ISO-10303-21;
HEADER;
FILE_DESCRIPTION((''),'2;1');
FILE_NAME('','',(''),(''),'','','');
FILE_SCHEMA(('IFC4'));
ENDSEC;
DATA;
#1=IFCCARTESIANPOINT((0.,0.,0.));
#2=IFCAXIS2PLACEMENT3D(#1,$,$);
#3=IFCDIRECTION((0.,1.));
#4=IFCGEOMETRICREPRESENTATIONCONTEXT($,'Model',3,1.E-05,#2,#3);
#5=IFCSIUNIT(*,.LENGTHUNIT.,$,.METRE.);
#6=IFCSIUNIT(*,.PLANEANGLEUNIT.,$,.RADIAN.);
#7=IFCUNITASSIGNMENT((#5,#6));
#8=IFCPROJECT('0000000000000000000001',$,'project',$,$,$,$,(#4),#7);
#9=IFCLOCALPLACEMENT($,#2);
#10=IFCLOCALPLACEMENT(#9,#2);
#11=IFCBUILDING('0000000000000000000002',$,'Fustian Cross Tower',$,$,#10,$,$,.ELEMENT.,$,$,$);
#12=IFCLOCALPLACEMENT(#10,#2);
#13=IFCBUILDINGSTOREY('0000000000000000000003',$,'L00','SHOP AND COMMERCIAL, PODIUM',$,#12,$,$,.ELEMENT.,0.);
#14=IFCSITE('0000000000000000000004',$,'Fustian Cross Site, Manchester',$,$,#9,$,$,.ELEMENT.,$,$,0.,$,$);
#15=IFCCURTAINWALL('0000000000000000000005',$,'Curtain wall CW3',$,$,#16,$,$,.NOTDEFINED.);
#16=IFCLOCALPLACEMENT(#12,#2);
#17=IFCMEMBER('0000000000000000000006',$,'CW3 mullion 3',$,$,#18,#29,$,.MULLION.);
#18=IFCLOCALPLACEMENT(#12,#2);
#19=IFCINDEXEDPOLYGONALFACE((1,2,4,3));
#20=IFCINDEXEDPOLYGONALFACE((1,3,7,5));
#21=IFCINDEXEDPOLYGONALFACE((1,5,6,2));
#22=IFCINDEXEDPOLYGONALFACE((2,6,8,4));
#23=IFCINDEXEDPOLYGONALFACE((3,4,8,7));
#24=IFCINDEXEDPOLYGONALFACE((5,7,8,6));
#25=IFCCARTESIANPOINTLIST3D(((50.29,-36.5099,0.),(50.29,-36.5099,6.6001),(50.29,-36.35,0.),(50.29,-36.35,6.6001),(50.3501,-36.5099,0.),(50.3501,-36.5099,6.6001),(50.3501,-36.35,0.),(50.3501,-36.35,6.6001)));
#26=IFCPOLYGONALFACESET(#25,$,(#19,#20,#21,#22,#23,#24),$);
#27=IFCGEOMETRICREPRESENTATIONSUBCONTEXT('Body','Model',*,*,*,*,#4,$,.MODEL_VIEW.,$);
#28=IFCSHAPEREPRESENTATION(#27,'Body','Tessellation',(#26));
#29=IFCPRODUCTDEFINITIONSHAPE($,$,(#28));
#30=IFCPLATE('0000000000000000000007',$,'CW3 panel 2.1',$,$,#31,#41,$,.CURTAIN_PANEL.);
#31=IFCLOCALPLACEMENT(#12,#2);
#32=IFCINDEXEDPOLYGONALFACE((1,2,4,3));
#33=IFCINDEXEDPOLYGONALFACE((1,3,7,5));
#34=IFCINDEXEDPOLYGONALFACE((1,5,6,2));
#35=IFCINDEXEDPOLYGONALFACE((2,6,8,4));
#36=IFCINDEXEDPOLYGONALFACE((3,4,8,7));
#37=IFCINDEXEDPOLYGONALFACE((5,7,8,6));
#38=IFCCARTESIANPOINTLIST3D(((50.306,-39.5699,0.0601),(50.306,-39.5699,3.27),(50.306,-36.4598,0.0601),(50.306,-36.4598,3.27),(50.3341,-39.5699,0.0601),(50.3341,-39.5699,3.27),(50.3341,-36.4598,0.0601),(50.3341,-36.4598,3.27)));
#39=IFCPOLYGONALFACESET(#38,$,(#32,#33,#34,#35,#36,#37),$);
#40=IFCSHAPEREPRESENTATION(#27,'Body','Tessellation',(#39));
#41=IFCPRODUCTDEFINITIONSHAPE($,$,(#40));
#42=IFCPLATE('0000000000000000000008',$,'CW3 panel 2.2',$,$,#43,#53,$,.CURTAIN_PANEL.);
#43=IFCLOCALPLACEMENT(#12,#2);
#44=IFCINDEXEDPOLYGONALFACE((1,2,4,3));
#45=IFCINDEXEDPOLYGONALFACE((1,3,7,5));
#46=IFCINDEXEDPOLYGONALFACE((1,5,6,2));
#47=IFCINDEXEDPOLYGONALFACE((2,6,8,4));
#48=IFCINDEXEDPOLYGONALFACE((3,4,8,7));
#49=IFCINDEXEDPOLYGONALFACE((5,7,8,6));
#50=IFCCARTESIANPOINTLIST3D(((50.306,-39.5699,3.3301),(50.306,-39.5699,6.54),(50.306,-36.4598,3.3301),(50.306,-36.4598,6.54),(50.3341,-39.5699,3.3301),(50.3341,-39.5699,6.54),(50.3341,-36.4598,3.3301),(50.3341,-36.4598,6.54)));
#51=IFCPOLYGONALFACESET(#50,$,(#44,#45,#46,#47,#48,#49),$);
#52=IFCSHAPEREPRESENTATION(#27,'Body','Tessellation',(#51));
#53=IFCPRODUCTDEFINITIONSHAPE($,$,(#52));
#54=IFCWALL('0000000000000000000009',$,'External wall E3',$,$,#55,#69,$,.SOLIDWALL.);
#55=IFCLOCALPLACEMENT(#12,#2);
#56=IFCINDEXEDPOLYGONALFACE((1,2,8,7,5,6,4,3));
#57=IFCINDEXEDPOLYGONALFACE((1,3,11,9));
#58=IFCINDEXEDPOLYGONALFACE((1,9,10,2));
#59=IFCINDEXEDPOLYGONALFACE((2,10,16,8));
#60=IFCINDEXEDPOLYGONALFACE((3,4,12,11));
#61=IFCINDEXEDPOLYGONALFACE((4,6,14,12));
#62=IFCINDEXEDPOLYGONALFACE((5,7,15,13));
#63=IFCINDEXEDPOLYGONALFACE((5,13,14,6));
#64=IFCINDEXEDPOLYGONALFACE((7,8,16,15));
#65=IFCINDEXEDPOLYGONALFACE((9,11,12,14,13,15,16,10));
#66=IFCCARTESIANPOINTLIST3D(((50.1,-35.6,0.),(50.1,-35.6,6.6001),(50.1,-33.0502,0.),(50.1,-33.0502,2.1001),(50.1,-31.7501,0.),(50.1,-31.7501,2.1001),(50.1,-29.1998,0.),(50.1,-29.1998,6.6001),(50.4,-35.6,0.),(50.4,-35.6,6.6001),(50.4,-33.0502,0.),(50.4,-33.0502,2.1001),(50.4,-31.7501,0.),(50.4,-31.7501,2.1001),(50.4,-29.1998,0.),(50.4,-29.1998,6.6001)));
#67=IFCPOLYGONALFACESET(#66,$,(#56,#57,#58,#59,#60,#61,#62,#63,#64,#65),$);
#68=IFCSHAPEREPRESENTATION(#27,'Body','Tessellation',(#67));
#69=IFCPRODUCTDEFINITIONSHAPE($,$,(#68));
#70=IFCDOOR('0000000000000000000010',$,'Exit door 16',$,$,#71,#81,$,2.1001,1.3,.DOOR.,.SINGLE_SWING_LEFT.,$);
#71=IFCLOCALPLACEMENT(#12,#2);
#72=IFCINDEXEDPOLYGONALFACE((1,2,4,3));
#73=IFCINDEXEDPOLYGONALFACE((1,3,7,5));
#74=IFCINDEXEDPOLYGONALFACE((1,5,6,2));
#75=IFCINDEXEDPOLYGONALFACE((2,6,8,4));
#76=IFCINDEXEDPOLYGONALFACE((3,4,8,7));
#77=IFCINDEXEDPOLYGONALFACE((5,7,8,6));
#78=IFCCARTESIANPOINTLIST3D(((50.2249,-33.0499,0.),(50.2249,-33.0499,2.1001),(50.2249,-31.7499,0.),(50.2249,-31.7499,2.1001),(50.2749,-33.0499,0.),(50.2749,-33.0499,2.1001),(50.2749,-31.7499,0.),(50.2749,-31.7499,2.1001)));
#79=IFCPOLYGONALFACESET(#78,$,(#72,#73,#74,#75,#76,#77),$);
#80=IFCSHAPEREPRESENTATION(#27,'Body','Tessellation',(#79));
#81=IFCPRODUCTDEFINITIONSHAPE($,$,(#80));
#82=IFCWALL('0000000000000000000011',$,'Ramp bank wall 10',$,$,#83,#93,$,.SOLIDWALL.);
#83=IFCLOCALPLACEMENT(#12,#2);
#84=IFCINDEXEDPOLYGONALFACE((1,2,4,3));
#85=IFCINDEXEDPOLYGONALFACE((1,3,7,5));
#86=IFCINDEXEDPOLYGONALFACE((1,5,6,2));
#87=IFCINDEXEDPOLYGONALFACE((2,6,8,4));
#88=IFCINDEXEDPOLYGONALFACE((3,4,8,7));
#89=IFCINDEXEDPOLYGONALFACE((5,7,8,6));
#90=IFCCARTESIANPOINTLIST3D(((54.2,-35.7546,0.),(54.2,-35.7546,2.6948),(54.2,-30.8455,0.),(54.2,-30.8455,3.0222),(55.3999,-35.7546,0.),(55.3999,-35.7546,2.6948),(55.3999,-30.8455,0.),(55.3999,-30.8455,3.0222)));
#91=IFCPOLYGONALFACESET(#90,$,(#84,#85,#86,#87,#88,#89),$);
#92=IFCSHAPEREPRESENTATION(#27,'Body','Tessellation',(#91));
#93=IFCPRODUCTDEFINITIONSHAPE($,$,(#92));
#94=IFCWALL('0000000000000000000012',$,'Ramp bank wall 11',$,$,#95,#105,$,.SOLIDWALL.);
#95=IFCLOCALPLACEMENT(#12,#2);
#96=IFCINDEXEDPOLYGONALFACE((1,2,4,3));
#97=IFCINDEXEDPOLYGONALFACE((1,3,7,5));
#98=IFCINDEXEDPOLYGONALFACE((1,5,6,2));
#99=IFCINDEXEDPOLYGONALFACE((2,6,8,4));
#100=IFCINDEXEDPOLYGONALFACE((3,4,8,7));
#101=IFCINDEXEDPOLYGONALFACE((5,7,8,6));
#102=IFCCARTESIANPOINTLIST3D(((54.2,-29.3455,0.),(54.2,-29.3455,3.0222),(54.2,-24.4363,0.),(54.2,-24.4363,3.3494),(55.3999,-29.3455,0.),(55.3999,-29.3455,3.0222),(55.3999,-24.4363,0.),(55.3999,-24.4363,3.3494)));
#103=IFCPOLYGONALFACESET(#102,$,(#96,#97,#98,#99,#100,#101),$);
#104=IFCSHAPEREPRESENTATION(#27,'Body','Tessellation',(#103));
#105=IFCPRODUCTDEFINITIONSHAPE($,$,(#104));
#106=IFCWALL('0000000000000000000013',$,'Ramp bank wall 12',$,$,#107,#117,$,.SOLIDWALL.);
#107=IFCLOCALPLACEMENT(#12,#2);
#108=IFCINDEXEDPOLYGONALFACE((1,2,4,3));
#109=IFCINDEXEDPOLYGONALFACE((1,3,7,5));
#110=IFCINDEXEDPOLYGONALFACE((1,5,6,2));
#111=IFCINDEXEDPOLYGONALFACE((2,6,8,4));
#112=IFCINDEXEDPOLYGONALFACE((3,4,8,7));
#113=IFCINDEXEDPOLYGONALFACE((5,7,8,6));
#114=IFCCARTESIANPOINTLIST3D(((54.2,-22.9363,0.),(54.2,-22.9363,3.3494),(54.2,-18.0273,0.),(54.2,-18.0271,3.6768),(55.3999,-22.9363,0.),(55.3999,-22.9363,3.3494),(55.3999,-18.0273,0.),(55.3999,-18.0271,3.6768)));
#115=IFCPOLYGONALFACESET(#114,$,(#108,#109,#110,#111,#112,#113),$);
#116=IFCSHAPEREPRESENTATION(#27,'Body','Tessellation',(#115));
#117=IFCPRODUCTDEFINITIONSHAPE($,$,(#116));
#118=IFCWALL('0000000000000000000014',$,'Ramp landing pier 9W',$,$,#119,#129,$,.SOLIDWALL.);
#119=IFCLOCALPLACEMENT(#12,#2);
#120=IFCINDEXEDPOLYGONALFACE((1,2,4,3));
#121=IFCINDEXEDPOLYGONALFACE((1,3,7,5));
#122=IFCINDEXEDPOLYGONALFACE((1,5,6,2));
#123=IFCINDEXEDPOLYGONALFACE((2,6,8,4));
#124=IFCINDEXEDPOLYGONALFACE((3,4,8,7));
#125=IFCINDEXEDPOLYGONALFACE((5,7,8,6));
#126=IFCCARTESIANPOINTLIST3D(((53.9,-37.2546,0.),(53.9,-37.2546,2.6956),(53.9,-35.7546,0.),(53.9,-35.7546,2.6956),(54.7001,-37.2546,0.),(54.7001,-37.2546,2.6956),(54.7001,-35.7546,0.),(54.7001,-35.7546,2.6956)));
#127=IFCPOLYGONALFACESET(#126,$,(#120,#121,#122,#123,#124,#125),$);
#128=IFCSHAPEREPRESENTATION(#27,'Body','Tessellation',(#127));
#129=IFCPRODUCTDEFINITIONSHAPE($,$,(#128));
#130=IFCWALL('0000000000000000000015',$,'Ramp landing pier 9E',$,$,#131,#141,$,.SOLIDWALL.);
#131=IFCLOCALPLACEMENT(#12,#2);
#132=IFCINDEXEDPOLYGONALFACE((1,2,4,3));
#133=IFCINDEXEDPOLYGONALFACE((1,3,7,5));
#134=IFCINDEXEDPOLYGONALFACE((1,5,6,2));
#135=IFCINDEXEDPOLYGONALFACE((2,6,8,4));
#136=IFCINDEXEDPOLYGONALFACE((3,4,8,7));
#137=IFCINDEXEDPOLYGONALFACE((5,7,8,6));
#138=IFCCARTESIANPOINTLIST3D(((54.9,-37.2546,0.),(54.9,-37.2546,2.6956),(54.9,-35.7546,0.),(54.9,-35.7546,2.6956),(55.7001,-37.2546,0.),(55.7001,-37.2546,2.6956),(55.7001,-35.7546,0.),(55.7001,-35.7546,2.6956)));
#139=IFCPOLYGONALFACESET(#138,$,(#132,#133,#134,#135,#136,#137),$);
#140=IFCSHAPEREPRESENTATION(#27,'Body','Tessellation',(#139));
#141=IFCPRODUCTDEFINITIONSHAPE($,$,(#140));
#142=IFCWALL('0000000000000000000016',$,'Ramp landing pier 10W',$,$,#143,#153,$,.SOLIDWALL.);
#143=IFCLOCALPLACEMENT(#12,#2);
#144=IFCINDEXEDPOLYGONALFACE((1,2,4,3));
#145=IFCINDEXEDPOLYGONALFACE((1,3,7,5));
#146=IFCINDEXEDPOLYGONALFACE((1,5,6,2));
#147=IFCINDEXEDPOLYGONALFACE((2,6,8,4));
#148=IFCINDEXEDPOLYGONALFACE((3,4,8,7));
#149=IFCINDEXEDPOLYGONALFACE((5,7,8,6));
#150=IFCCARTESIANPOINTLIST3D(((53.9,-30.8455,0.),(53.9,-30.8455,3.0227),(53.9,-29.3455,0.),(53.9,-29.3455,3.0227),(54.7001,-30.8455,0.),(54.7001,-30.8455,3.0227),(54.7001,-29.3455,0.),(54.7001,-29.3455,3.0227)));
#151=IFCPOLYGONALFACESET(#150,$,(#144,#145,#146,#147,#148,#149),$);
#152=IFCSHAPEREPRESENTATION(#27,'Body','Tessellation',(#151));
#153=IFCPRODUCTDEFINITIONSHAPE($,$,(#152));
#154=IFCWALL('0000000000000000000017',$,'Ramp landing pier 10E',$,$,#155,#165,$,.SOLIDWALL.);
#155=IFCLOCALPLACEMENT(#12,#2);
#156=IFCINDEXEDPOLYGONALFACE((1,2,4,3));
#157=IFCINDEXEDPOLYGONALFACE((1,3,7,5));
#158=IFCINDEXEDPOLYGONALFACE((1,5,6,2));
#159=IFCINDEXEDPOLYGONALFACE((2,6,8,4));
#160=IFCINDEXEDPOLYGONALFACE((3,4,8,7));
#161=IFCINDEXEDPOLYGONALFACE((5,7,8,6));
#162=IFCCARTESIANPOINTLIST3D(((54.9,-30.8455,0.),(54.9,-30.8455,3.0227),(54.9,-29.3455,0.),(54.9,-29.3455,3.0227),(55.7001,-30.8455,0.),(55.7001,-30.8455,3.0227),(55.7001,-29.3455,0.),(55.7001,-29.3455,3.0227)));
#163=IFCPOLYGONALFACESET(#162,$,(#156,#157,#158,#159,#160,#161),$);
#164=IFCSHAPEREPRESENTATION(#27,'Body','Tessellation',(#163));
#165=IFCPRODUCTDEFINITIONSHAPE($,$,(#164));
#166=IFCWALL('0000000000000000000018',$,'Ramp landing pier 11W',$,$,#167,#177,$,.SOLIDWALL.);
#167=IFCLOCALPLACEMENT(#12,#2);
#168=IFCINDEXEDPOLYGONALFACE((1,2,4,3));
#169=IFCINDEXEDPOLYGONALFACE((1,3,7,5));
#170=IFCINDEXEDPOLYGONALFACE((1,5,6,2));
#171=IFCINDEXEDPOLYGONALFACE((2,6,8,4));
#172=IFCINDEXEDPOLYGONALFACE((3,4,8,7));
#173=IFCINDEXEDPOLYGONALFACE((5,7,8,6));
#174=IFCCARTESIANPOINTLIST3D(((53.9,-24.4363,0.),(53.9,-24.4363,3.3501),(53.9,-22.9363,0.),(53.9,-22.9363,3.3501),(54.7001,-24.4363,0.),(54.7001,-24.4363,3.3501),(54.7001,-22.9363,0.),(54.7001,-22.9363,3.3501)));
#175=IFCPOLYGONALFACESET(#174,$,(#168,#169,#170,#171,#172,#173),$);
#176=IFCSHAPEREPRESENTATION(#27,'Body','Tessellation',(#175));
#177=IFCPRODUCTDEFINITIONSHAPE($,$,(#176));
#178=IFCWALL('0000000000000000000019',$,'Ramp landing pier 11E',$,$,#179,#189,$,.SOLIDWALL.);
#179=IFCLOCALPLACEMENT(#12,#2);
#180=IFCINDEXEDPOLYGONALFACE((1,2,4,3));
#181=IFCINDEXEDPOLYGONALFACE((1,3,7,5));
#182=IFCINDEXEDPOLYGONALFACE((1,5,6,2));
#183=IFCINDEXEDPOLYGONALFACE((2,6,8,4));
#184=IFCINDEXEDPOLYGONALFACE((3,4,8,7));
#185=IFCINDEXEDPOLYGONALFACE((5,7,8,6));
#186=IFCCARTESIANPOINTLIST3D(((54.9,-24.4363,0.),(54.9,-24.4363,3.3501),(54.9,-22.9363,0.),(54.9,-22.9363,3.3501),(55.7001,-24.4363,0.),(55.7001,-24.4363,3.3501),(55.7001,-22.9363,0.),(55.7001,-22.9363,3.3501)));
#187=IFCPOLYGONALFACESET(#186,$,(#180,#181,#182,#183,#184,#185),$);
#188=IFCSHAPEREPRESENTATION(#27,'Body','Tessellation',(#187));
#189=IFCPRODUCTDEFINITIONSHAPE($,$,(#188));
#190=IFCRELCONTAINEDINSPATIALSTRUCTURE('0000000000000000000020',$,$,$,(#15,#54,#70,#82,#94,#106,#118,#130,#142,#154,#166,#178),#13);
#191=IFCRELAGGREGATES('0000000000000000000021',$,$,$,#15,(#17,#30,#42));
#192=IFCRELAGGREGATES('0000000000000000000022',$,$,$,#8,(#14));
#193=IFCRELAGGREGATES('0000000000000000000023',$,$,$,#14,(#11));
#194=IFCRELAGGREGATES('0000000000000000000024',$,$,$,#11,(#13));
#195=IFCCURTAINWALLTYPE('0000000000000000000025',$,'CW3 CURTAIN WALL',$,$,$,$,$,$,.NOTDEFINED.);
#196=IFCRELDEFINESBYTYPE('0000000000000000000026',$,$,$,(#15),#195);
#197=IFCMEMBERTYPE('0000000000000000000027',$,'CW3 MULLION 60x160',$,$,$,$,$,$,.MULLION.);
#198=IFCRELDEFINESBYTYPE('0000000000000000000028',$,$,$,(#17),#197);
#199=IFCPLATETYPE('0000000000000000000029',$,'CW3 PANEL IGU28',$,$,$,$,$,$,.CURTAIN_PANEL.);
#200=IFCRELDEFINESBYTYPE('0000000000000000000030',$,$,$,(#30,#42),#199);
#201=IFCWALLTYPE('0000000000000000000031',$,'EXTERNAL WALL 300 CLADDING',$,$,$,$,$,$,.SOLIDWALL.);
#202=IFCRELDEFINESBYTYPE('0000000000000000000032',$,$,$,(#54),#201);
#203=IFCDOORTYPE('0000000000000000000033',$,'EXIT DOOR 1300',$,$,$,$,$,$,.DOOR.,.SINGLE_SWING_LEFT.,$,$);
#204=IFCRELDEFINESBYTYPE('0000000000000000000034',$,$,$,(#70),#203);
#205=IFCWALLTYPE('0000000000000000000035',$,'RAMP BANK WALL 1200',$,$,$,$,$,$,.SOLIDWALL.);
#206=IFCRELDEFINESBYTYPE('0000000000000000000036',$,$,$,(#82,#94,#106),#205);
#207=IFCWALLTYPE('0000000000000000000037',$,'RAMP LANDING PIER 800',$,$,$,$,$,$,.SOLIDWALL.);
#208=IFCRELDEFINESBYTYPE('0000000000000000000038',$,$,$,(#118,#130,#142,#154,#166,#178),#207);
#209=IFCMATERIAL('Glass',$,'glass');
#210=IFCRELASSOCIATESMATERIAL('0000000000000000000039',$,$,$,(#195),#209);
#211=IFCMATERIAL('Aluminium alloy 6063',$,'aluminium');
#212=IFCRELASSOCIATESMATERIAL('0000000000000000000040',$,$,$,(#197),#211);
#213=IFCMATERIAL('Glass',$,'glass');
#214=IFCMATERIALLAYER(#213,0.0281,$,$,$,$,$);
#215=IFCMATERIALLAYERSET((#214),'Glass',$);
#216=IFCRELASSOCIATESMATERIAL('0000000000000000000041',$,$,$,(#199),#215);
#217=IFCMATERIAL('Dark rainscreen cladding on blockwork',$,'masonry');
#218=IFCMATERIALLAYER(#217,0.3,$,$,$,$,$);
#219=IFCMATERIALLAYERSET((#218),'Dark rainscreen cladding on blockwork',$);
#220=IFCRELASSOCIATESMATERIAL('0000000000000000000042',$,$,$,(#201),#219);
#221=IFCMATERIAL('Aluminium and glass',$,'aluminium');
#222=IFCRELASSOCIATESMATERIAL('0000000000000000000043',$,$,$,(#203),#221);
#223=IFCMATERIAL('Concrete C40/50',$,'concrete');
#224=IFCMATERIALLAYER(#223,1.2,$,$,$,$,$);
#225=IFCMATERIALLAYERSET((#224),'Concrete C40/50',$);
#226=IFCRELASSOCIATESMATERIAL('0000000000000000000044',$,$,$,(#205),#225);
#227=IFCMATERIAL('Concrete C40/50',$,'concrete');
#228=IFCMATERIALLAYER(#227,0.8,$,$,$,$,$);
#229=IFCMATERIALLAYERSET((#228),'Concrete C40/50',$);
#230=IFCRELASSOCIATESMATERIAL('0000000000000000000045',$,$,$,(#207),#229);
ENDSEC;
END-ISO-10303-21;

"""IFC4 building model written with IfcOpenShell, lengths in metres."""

from ifc_helpers import new_model, si_unit, direction, frame, frame_2d, origin, origin_2d, place, context, subcontext, project, spatial, polyline, rectangle, outline, extrude, material, layer, layer_set, material_profile, profile_set, type_object, element, fill, aggregate, save


model = new_model("IFC4")

# Units and contexts
model_context = context("Model", 3, precision=1e-05, world=origin(), true_north=direction((0.0, 1.0)))
body_context = subcontext(model_context, "Body", "Model", "MODEL_VIEW")
ifc_project = project(units=[si_unit("LENGTHUNIT", "METRE"), si_unit("PLANEANGLEUNIT", "RADIAN")], contexts=[model_context])

# Site, building, storey
site_placement = place(None, origin())
site = spatial("IfcSite", under=ifc_project, at=site_placement, Name="Fustian Cross Site, Manchester", CompositionType="ELEMENT", RefElevation=0.0)
building_placement = place(site_placement, origin())
building = spatial("IfcBuilding", under=site, at=building_placement, Name="Fustian Cross Tower", CompositionType="ELEMENT")
storey_placement = place(building_placement, origin())
storey = spatial("IfcBuildingStorey", under=building, at=storey_placement, Name="L00", Description="SHOP AND COMMERCIAL, PODIUM", CompositionType="ELEMENT", Elevation=0.0)

# Curtain wall, member, plates
ifc_material_1 = material(Name="Glass", Category="glass")
curtain_wall_type = type_object("IfcCurtainWallType", Name="CW3 CURTAIN WALL", PredefinedType="NOTDEFINED", material=ifc_material_1)
curtain_wall_placement = place(storey_placement, origin())
curtain_wall = element("IfcCurtainWall", 1, at=curtain_wall_placement, inside=storey, type_object=curtain_wall_type, Name="Curtain wall CW3", PredefinedType="NOTDEFINED")
ifc_material_2 = material(Name="Aluminium alloy 6063", Category="aluminium")
ifc_material_profile = material_profile(ifc_material_2, rectangle(XDim=0.0601, YDim=0.1599, at=origin_2d()), Name="CW3 MULLION 60x160")
ifc_profile_set = profile_set([ifc_material_profile], Name="Aluminium alloy 6063")
member_type = type_object("IfcMemberType", Name="CW3 MULLION 60x160", PredefinedType="MULLION", material=ifc_profile_set)
member_placement = place(storey_placement, frame((50.3201, -36.4299, 0.0), z_axis=(0.0, 0.0, 1.0), x_axis=(-1.0, 0.0, 0.0)))
member = element("IfcMember", 2, at=member_placement, type_object=member_type, Name="CW3 mullion 3", PredefinedType="MULLION", context=body_context, shape_type="SweptSolid", body=[
    extrude(rectangle(XDim=0.0601, YDim=0.1599, at=origin_2d()), origin(), (0.0, 0.0, 1.0), 6.6001),
])
ifc_material_3 = material(Name="Glass", Category="glass")
ifc_layer_1 = layer(ifc_material_3, 0.0281)
ifc_layer_set_1 = layer_set([ifc_layer_1], Name="Glass")
plate_type = type_object("IfcPlateType", Name="CW3 PANEL IGU28", PredefinedType="CURTAIN_PANEL", material=ifc_layer_set_1)
plate_1_placement = place(storey_placement, frame((50.3201, -38.0149, 0.0601), z_axis=(0.0, 0.0, 1.0), x_axis=(0.0, 1.0, 0.0)))
plate_1 = element("IfcPlate", 3, at=plate_1_placement, type_object=plate_type, Name="CW3 panel 2.1", PredefinedType="CURTAIN_PANEL", context=body_context, shape_type="SweptSolid", body=[
    extrude(rectangle(XDim=3.1101, YDim=0.0281, at=origin_2d()), origin(), (0.0, 0.0, 1.0), 3.21),
])
plate_2_placement = place(storey_placement, frame((50.3201, -38.0149, 3.3301), z_axis=(0.0, 0.0, 1.0), x_axis=(0.0, 1.0, 0.0)))
plate_2 = element("IfcPlate", 4, at=plate_2_placement, type_object=plate_type, Name="CW3 panel 2.2", PredefinedType="CURTAIN_PANEL", context=body_context, shape_type="SweptSolid", body=[
    extrude(rectangle(XDim=3.1101, YDim=0.0281, at=origin_2d()), origin(), (0.0, 0.0, 1.0), 3.21),
])
aggregate(curtain_wall, [member, plate_1, plate_2])

# Wall, opening, door
ifc_material_4 = material(Name="Dark rainscreen cladding on blockwork", Category="masonry")
ifc_layer_2 = layer(ifc_material_4, 0.3)
ifc_layer_set_2 = layer_set([ifc_layer_2], Name="Dark rainscreen cladding on blockwork")
wall_type_1 = type_object("IfcWallType", Name="EXTERNAL WALL 300 CLADDING", PredefinedType="SOLIDWALL", material=ifc_layer_set_2)
wall_1_placement = place(storey_placement, frame((50.25, -35.6001, 0.0), z_axis=(0.0, 0.0, 1.0), x_axis=(0.0, 1.0, 0.0)))
wall_1 = element("IfcWall", 5, at=wall_1_placement, inside=storey, type_object=wall_type_1, Name="External wall E3", PredefinedType="SOLIDWALL", context=body_context, shape_type="SweptSolid", body=[
    extrude(rectangle(XDim=6.4001, YDim=0.3, at=frame_2d((3.2002, 0.0))), origin(), (0.0, 0.0, 1.0), 6.6001),
])
opening_1_placement = place(wall_1_placement, frame((2.55, 0.0, 0.0)))
opening_1 = element("IfcOpeningElement", 6, at=opening_1_placement, cuts=wall_1, PredefinedType="OPENING", context=body_context, shape_type="SweptSolid", body=[
    extrude(rectangle(XDim=1.3, YDim=2.1001, at=frame_2d((0.6499, 1.05))), frame((0.0, 0.1599, 0.0), z_axis=(0.0, -1.0, 0.0), x_axis=(1.0, 0.0, 0.0)), (0.0, 0.0, 1.0), 0.3201),
])
ifc_material_5 = material(Name="Aluminium and glass", Category="aluminium")
door_type_1 = type_object("IfcDoorType", Name="EXIT DOOR 1300", OperationType="SINGLE_SWING_LEFT", PredefinedType="DOOR", material=ifc_material_5)
door_1_placement = place(opening_1_placement, frame((1.3, 0.0, 0.0), z_axis=(0.0, 0.0, 1.0), x_axis=(-1.0, 0.0, 0.0)))
door_1 = element("IfcDoor", 7, at=door_1_placement, inside=storey, type_object=door_type_1, Name="Exit door 16", OperationType="SINGLE_SWING_LEFT", OverallHeight=2.1001, OverallWidth=1.3, PredefinedType="DOOR", context=body_context, shape_type="SweptSolid", body=[
    extrude(rectangle(XDim=1.3, YDim=2.1001, at=frame_2d((0.6499, 1.05))), frame((0.0, 0.0249, 0.0), z_axis=(0.0, -1.0, 0.0), x_axis=(1.0, 0.0, 0.0)), (0.0, 0.0, 1.0), 0.05),
])
fill(opening_1, door_1)

# Walls
ifc_material_6 = material(Name="Concrete C40/50", Category="concrete")
ifc_layer_3 = layer(ifc_material_6, 1.2)
ifc_layer_set_3 = layer_set([ifc_layer_3], Name="Concrete C40/50")
wall_type_2 = type_object("IfcWallType", Name="RAMP BANK WALL 1200", PredefinedType="SOLIDWALL", material=ifc_layer_set_3)
wall_2_placement = place(storey_placement, frame((54.8, -35.7546, 0.0), z_axis=(0.0, 0.0, 1.0), x_axis=(0.0, 1.0, 0.0)))
element("IfcWall", 8, at=wall_2_placement, inside=storey, type_object=wall_type_2, Name="Ramp bank wall 10", PredefinedType="SOLIDWALL", context=body_context, shape_type="SweptSolid", body=[
    extrude(outline(polyline([(0.0, 0.0), (4.9092, 0.0), (4.9092, 3.0222), (0.0, 2.6948), (0.0, 0.0)])), frame((0.0, 0.6001, 0.0), z_axis=(0.0, -1.0, 0.0), x_axis=(1.0, 0.0, 0.0)), (0.0, 0.0, 1.0), 1.2),
])
wall_3_placement = place(storey_placement, frame((54.8, -29.3455, 0.0), z_axis=(0.0, 0.0, 1.0), x_axis=(0.0, 1.0, 0.0)))
element("IfcWall", 9, at=wall_3_placement, inside=storey, type_object=wall_type_2, Name="Ramp bank wall 11", PredefinedType="SOLIDWALL", context=body_context, shape_type="SweptSolid", body=[
    extrude(outline(polyline([(0.0, 0.0), (4.9092, 0.0), (4.9092, 3.3494), (0.0, 3.0222), (0.0, 0.0)])), frame((0.0, 0.6001, 0.0), z_axis=(0.0, -1.0, 0.0), x_axis=(1.0, 0.0, 0.0)), (0.0, 0.0, 1.0), 1.2),
])
wall_4_placement = place(storey_placement, frame((54.8, -22.9363, 0.0), z_axis=(0.0, 0.0, 1.0), x_axis=(0.0, 1.0, 0.0)))
element("IfcWall", 10, at=wall_4_placement, inside=storey, type_object=wall_type_2, Name="Ramp bank wall 12", PredefinedType="SOLIDWALL", context=body_context, shape_type="SweptSolid", body=[
    extrude(outline(polyline([(0.0, 0.0), (4.9089, 0.0), (4.9092, 3.6768), (0.0, 3.3494), (0.0, 0.0)])), frame((0.0, 0.6001, 0.0), z_axis=(0.0, -1.0, 0.0), x_axis=(1.0, 0.0, 0.0)), (0.0, 0.0, 1.0), 1.2),
])
ifc_material_7 = material(Name="Concrete C40/50", Category="concrete")
ifc_layer_4 = layer(ifc_material_7, 0.8)
ifc_layer_set_4 = layer_set([ifc_layer_4], Name="Concrete C40/50")
wall_type_3 = type_object("IfcWallType", Name="RAMP LANDING PIER 800", PredefinedType="SOLIDWALL", material=ifc_layer_set_4)
for number, where, z_axis, x_axis, name in (
    (11, (54.3, -37.2546, 0.0), (0.0, 0.0, 1.0), (0.0, 1.0, 0.0), "Ramp landing pier 9W"),
    (12, (55.3, -37.2546, 0.0), (0.0, 0.0, 1.0), (0.0, 1.0, 0.0), "Ramp landing pier 9E"),
):
    element("IfcWall", number, at=place(storey_placement, frame(where, z_axis=z_axis, x_axis=x_axis)), inside=storey, type_object=wall_type_3, Name=name, PredefinedType="SOLIDWALL", context=body_context, shape_type="SweptSolid", body=[
        extrude(rectangle(XDim=1.5, YDim=0.8, at=frame_2d((0.75, 0.0))), origin(), (0.0, 0.0, 1.0), 2.6956),
    ])
for number, where, z_axis, x_axis, name in (
    (13, (54.3, -30.8455, 0.0), (0.0, 0.0, 1.0), (0.0, 1.0, 0.0), "Ramp landing pier 10W"),
    (14, (55.3, -30.8455, 0.0), (0.0, 0.0, 1.0), (0.0, 1.0, 0.0), "Ramp landing pier 10E"),
):
    element("IfcWall", number, at=place(storey_placement, frame(where, z_axis=z_axis, x_axis=x_axis)), inside=storey, type_object=wall_type_3, Name=name, PredefinedType="SOLIDWALL", context=body_context, shape_type="SweptSolid", body=[
        extrude(rectangle(XDim=1.5, YDim=0.8, at=frame_2d((0.75, 0.0))), origin(), (0.0, 0.0, 1.0), 3.0227),
    ])
for number, where, z_axis, x_axis, name in (
    (15, (54.3, -24.4363, 0.0), (0.0, 0.0, 1.0), (0.0, 1.0, 0.0), "Ramp landing pier 11W"),
    (16, (55.3, -24.4363, 0.0), (0.0, 0.0, 1.0), (0.0, 1.0, 0.0), "Ramp landing pier 11E"),
):
    element("IfcWall", number, at=place(storey_placement, frame(where, z_axis=z_axis, x_axis=x_axis)), inside=storey, type_object=wall_type_3, Name=name, PredefinedType="SOLIDWALL", context=body_context, shape_type="SweptSolid", body=[
        extrude(rectangle(XDim=1.5, YDim=0.8, at=frame_2d((0.75, 0.0))), origin(), (0.0, 0.0, 1.0), 3.3501),
    ])

save(model, "model.ifc")
